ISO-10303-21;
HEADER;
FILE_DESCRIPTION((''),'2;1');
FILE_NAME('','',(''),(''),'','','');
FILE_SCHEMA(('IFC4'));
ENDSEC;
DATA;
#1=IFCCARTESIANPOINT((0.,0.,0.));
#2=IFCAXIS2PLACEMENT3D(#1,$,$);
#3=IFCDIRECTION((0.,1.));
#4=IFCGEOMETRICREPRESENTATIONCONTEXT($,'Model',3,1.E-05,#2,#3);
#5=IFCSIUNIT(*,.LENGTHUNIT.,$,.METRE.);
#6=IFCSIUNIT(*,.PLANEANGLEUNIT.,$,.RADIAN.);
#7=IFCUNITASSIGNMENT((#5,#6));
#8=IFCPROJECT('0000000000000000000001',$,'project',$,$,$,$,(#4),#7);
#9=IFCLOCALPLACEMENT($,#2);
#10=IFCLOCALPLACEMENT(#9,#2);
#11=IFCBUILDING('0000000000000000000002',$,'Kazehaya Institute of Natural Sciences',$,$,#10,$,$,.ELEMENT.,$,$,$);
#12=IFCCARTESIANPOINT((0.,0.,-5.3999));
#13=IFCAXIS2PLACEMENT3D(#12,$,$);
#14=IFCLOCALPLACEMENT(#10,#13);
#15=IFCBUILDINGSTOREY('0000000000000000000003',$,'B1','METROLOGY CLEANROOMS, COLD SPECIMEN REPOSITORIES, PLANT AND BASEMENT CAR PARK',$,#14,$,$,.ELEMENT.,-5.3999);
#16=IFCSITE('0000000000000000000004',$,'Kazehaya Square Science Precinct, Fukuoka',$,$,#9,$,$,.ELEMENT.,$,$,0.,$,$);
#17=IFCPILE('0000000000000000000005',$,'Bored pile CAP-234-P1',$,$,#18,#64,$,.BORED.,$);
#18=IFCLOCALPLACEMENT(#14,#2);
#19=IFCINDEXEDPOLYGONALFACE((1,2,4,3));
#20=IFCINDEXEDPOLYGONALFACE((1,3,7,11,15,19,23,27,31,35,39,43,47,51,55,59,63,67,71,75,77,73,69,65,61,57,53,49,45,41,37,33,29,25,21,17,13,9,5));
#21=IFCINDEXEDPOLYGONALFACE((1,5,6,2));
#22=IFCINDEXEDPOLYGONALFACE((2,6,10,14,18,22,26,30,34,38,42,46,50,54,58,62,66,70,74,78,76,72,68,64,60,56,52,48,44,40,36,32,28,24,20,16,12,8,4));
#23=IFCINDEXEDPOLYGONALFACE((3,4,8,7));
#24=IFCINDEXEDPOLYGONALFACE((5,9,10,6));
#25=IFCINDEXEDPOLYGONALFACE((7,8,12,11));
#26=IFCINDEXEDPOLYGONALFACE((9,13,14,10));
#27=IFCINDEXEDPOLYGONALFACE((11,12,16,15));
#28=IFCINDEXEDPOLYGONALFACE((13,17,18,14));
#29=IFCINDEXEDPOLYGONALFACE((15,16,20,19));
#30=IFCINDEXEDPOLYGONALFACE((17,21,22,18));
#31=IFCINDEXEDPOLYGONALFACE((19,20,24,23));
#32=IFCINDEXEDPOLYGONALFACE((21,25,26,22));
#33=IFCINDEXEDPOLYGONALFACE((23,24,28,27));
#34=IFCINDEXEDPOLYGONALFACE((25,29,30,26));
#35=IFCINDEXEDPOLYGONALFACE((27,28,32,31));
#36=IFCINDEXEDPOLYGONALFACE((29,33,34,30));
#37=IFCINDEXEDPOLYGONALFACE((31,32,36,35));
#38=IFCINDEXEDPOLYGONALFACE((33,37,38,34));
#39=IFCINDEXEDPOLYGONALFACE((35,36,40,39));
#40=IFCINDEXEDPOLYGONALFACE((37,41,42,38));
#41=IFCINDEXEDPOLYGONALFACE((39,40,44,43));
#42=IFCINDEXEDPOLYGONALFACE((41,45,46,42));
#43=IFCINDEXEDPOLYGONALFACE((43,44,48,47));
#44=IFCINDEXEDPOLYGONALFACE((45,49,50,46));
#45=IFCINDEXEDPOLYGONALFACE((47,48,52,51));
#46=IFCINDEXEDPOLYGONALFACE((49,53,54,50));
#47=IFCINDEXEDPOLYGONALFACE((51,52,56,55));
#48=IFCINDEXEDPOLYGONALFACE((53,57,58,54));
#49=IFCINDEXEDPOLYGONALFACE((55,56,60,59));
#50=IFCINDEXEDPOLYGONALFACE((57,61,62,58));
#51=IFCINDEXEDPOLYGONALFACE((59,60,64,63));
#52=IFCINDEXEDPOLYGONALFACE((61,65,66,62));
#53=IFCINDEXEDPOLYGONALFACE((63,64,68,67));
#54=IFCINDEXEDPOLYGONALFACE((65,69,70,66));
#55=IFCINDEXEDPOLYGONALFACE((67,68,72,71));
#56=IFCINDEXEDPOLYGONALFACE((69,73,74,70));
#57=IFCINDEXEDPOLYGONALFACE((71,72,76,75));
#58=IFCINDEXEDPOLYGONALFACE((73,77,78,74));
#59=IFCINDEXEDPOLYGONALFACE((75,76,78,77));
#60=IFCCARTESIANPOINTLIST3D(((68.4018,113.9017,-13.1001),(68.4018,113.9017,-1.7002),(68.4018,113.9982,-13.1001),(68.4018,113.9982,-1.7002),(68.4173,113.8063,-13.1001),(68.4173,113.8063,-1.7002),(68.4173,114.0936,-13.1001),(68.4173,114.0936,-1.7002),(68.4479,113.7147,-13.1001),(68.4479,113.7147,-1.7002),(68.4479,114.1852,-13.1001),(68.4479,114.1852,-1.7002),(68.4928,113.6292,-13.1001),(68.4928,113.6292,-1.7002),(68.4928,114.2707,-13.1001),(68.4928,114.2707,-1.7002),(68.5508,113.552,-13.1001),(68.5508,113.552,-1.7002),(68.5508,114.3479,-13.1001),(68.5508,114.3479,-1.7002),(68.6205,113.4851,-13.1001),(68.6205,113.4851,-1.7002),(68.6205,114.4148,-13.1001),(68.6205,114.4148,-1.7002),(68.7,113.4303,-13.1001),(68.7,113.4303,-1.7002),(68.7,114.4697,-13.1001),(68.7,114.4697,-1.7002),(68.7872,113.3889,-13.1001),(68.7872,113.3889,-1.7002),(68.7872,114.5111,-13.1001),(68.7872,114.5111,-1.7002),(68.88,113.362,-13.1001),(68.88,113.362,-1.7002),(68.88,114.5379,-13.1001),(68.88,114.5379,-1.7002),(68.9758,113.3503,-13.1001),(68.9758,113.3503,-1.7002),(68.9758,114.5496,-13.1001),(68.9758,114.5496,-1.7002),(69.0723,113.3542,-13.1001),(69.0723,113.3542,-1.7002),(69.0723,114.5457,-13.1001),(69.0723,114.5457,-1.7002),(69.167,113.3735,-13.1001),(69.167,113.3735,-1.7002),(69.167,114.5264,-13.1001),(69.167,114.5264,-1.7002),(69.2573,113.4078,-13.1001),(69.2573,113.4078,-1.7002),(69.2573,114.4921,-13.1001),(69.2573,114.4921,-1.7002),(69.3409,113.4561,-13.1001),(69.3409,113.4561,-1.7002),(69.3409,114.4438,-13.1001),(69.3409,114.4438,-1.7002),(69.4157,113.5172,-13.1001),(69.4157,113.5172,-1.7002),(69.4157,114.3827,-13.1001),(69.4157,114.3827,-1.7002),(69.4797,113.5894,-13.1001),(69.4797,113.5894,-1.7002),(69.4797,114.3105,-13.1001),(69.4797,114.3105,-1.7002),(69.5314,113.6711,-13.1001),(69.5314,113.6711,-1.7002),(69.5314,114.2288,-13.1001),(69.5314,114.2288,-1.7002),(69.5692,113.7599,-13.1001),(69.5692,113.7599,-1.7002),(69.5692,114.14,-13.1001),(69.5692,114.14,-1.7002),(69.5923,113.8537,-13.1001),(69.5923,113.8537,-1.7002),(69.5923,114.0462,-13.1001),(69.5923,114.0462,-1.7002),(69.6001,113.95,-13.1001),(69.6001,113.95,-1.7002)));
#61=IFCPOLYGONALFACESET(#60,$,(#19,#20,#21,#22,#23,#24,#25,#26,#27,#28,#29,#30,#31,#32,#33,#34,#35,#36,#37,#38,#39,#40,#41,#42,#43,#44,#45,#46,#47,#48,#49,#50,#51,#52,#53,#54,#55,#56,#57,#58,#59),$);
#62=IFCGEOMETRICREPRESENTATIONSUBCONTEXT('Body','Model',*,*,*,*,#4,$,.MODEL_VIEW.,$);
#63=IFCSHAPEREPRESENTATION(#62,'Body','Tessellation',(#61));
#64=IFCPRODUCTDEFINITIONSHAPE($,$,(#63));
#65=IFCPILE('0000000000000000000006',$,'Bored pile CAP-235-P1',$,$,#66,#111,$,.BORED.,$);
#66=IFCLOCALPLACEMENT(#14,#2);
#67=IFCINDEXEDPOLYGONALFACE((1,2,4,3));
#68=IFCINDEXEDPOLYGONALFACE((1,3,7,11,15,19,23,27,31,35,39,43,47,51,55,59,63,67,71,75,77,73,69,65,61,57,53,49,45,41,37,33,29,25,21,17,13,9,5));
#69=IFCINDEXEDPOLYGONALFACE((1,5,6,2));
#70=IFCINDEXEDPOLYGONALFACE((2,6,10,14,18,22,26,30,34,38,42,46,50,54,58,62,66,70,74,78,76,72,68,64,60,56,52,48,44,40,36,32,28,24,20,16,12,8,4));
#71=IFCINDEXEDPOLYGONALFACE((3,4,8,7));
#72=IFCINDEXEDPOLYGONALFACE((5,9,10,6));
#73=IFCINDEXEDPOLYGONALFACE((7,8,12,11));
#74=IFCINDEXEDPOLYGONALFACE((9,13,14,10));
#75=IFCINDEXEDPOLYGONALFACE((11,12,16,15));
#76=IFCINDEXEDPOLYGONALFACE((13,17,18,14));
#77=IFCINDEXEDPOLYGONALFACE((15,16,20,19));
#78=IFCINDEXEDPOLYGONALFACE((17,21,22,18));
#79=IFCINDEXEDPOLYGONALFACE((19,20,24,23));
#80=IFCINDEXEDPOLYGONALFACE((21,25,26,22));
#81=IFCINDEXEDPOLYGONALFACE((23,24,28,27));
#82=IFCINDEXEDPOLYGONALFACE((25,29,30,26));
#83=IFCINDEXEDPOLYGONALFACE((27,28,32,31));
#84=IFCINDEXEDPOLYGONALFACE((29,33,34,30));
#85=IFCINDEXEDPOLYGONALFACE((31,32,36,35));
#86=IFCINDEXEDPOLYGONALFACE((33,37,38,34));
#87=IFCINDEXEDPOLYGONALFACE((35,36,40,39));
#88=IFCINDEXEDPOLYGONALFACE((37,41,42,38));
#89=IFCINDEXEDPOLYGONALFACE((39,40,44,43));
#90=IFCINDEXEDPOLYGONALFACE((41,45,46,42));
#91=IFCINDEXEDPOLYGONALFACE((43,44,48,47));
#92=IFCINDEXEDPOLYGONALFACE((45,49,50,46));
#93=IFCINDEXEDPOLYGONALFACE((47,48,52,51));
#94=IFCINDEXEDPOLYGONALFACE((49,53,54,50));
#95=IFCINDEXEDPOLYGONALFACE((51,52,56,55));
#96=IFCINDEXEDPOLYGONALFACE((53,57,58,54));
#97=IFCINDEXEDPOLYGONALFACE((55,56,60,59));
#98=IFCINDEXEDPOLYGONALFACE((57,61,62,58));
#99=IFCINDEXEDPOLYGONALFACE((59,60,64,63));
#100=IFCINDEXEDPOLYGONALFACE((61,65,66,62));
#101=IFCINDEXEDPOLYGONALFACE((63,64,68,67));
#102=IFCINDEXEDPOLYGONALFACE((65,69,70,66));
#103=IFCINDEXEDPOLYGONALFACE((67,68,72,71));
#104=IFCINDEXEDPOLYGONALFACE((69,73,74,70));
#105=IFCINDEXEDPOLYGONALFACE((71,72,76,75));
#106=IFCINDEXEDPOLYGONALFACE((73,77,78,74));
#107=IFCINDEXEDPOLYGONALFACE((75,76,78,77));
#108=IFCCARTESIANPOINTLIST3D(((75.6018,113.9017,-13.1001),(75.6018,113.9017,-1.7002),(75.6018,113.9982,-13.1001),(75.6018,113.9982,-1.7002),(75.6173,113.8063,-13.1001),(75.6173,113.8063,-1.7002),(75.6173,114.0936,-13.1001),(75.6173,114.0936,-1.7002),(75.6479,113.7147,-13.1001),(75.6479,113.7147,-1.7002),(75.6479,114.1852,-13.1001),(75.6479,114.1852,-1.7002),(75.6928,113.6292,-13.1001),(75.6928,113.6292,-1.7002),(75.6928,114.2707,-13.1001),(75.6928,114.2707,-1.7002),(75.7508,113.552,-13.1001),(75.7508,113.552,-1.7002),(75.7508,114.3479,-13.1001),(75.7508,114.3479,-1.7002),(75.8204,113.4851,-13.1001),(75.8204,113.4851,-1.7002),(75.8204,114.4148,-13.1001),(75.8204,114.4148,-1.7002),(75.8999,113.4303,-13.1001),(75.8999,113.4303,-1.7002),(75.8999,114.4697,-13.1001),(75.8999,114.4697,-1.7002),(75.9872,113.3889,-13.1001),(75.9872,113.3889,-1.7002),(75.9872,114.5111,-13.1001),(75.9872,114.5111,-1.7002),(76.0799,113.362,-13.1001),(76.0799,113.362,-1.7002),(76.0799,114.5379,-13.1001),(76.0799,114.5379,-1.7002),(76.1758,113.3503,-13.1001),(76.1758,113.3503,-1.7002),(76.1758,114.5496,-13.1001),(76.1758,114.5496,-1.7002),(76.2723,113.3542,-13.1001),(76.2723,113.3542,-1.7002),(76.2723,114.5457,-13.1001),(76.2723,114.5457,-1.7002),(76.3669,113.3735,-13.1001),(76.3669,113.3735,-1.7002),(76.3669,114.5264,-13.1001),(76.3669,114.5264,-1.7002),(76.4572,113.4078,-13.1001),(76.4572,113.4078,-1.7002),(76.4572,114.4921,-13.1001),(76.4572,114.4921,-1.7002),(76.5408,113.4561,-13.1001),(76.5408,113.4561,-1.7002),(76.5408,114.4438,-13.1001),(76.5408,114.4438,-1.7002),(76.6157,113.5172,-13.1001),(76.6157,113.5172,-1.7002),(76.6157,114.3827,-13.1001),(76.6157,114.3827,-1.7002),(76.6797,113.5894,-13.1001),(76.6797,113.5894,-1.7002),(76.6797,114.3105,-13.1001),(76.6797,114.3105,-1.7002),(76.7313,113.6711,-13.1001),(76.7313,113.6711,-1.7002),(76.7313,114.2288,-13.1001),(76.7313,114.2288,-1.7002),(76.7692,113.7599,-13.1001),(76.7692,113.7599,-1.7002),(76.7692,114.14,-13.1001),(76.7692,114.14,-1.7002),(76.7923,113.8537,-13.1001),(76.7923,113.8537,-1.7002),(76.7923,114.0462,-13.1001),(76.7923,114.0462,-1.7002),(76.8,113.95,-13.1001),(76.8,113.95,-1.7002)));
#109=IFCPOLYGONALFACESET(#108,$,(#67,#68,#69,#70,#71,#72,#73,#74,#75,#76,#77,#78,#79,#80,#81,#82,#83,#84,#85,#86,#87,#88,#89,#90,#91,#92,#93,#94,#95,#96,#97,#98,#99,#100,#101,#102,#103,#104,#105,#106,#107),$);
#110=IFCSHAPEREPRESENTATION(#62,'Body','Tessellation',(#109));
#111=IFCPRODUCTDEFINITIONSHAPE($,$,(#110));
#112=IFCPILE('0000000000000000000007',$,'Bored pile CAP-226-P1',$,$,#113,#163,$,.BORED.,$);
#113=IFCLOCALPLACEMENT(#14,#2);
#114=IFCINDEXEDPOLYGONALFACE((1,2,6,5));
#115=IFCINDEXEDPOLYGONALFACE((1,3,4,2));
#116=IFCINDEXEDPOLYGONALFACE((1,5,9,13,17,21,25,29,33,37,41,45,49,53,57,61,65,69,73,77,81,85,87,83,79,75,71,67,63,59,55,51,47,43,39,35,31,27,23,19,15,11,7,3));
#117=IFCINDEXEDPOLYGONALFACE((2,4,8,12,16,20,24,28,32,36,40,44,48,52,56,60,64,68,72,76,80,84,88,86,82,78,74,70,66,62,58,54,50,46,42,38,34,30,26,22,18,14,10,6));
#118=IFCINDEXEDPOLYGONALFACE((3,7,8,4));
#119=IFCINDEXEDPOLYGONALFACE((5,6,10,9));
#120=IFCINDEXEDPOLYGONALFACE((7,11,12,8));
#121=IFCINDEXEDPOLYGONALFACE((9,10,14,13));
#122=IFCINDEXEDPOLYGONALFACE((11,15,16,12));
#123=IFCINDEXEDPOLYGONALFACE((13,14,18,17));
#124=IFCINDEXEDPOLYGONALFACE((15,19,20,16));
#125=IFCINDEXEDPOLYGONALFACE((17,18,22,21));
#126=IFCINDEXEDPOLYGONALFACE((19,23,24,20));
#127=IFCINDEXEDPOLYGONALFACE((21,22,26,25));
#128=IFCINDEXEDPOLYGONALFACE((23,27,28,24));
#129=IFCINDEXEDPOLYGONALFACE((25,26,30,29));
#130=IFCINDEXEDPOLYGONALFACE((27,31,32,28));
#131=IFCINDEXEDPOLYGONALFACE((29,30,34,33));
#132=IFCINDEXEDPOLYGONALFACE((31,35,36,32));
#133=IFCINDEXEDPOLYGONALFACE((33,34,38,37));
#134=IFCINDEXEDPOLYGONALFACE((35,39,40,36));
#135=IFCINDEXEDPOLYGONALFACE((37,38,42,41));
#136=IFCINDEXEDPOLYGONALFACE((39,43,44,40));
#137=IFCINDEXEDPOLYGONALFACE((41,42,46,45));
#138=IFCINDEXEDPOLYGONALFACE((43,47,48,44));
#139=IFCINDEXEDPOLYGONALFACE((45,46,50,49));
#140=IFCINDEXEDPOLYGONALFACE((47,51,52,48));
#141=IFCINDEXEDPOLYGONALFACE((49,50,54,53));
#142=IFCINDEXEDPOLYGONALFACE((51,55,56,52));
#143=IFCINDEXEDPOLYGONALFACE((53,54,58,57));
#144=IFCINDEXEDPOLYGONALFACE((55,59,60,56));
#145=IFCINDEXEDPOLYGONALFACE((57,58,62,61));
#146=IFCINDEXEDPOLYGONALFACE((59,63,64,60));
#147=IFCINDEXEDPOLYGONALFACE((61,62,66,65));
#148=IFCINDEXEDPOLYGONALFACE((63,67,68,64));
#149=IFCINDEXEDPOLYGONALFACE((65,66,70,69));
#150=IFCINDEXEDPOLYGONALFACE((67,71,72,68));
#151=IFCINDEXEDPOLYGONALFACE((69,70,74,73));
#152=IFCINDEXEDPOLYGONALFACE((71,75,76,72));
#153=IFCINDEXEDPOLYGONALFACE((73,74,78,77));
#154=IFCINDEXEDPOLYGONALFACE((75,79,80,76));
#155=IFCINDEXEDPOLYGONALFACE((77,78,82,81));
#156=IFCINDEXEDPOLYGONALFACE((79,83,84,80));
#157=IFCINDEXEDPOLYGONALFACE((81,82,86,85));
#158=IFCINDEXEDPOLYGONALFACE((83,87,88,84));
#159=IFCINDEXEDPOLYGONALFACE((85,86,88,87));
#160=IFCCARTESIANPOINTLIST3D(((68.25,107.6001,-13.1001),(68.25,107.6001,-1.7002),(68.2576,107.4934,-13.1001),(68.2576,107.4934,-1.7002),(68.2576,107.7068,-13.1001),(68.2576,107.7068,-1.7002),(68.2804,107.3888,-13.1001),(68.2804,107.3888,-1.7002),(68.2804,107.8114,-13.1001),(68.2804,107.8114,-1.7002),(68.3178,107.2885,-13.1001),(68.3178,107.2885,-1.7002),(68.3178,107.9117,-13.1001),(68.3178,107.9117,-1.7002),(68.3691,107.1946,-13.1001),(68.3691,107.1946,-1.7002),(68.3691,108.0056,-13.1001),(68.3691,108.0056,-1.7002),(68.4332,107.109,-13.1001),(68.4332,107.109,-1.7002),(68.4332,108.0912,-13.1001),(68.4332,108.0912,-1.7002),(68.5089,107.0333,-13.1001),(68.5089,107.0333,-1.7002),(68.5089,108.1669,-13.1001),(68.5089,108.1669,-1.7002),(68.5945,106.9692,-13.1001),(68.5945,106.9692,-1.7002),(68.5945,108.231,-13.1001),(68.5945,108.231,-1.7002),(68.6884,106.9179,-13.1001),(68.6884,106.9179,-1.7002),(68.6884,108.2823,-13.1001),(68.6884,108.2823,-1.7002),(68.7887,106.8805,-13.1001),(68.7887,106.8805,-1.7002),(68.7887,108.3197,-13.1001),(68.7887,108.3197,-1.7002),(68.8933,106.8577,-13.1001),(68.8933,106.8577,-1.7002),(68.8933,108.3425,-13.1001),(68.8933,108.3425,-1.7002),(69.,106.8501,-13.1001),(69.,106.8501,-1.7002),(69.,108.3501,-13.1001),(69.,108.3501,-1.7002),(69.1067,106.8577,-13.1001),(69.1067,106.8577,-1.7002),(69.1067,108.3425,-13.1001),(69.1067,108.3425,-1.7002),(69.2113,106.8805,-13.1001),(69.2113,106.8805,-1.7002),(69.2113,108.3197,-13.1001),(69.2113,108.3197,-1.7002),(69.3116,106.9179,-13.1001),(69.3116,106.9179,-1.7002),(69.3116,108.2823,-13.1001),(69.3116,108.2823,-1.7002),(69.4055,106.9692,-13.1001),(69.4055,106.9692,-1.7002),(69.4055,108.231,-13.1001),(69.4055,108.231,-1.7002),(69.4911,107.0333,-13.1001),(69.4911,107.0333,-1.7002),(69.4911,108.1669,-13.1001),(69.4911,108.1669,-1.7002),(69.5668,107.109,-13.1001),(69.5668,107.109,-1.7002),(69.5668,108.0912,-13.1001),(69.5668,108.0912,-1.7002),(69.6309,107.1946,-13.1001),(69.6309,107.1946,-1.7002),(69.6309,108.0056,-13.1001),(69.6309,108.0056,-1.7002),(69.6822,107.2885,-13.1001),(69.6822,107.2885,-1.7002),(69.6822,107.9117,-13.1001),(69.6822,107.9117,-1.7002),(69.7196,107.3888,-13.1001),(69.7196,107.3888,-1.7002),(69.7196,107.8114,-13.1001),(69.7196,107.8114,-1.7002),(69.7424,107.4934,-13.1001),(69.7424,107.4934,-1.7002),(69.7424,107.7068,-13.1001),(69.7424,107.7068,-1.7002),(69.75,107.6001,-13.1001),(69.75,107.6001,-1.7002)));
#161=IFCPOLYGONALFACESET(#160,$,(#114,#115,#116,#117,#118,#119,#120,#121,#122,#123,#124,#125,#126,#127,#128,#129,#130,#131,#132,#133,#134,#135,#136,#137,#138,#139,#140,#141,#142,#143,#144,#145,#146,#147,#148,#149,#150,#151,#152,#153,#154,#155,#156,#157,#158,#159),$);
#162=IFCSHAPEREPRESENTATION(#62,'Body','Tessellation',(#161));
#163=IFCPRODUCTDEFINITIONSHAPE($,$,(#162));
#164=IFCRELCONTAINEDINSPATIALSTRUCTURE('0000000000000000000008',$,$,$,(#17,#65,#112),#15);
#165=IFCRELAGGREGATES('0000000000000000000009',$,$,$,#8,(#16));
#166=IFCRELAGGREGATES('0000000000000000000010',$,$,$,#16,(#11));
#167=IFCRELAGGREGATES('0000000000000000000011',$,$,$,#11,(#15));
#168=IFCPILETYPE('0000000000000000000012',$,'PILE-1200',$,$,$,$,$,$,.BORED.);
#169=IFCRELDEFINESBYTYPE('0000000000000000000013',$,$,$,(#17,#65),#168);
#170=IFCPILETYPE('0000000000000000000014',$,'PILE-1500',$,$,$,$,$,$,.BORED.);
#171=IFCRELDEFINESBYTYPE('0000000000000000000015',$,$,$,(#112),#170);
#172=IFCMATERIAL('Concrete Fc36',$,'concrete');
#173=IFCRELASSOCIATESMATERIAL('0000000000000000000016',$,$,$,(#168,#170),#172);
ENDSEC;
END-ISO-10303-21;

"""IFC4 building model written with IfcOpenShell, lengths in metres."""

from ifc_helpers import new_model, si_unit, direction, frame, origin, origin_2d, place, context, subcontext, project, spatial, circle, extrude, material, material_profile, profile_set, type_object, element, save


model = new_model("IFC4")

# Units and contexts
model_context = context("Model", 3, precision=1e-05, world=origin(), true_north=direction((0.0, 1.0)))
body_context = subcontext(model_context, "Body", "Model", "MODEL_VIEW")
ifc_project = project(units=[si_unit("LENGTHUNIT", "METRE"), si_unit("PLANEANGLEUNIT", "RADIAN")], contexts=[model_context])

# Site, building, storey
site_placement = place(None, origin())
site = spatial("IfcSite", under=ifc_project, at=site_placement, Name="Kazehaya Square Science Precinct, Fukuoka", CompositionType="ELEMENT", RefElevation=0.0)
building_placement = place(site_placement, origin())
building = spatial("IfcBuilding", under=site, at=building_placement, Name="Kazehaya Institute of Natural Sciences", CompositionType="ELEMENT")
storey_placement = place(building_placement, frame((0.0, 0.0, -5.3999)))
storey = spatial("IfcBuildingStorey", under=building, at=storey_placement, Name="B1", Description="METROLOGY CLEANROOMS, COLD SPECIMEN REPOSITORIES, PLANT AND BASEMENT CAR PARK", CompositionType="ELEMENT", Elevation=-5.3999)

# Shared definitions
ifc_material_1 = material(Name="Concrete Fc36", Category="concrete")

# Piles
ifc_material_profile_1 = material_profile(ifc_material_1, circle(Radius=0.6001, at=origin_2d()), Name="PILE-1200")
ifc_profile_set_1 = profile_set([ifc_material_profile_1], Name="Concrete Fc36")
pile_type_1 = type_object("IfcPileType", Name="PILE-1200", PredefinedType="BORED", material=ifc_profile_set_1)
for number, where, z_axis, x_axis, name in (
    (1, (69.0, 113.95, -1.7002), (0.0, 0.0, -1.0), (1.0, 0.0, 0.0), "Bored pile CAP-234-P1"),
    (2, (76.2, 113.95, -1.7002), (0.0, 0.0, -1.0), (1.0, 0.0, 0.0), "Bored pile CAP-235-P1"),
):
    element("IfcPile", number, at=place(storey_placement, frame(where, z_axis=z_axis, x_axis=x_axis)), inside=storey, type_object=pile_type_1, Name=name, PredefinedType="BORED", context=body_context, shape_type="SweptSolid", body=[
        extrude(circle(Radius=0.6001, at=origin_2d()), origin(), (0.0, 0.0, 1.0), 11.3999),
    ])
ifc_material_profile_2 = material_profile(ifc_material_1, circle(Radius=0.75, at=origin_2d()), Name="PILE-1500")
ifc_profile_set_2 = profile_set([ifc_material_profile_2], Name="Concrete Fc36")
pile_type_2 = type_object("IfcPileType", Name="PILE-1500", PredefinedType="BORED", material=ifc_profile_set_2)
for number, where, z_axis, x_axis, name in (
    (3, (69.0, 107.6001, -1.7002), (0.0, 0.0, -1.0), (1.0, 0.0, 0.0), "Bored pile CAP-226-P1"),
):
    element("IfcPile", number, at=place(storey_placement, frame(where, z_axis=z_axis, x_axis=x_axis)), inside=storey, type_object=pile_type_2, Name=name, PredefinedType="BORED", context=body_context, shape_type="SweptSolid", body=[
        extrude(circle(Radius=0.75, at=origin_2d()), origin(), (0.0, 0.0, 1.0), 11.3999),
    ])

save(model, "model.ifc")
